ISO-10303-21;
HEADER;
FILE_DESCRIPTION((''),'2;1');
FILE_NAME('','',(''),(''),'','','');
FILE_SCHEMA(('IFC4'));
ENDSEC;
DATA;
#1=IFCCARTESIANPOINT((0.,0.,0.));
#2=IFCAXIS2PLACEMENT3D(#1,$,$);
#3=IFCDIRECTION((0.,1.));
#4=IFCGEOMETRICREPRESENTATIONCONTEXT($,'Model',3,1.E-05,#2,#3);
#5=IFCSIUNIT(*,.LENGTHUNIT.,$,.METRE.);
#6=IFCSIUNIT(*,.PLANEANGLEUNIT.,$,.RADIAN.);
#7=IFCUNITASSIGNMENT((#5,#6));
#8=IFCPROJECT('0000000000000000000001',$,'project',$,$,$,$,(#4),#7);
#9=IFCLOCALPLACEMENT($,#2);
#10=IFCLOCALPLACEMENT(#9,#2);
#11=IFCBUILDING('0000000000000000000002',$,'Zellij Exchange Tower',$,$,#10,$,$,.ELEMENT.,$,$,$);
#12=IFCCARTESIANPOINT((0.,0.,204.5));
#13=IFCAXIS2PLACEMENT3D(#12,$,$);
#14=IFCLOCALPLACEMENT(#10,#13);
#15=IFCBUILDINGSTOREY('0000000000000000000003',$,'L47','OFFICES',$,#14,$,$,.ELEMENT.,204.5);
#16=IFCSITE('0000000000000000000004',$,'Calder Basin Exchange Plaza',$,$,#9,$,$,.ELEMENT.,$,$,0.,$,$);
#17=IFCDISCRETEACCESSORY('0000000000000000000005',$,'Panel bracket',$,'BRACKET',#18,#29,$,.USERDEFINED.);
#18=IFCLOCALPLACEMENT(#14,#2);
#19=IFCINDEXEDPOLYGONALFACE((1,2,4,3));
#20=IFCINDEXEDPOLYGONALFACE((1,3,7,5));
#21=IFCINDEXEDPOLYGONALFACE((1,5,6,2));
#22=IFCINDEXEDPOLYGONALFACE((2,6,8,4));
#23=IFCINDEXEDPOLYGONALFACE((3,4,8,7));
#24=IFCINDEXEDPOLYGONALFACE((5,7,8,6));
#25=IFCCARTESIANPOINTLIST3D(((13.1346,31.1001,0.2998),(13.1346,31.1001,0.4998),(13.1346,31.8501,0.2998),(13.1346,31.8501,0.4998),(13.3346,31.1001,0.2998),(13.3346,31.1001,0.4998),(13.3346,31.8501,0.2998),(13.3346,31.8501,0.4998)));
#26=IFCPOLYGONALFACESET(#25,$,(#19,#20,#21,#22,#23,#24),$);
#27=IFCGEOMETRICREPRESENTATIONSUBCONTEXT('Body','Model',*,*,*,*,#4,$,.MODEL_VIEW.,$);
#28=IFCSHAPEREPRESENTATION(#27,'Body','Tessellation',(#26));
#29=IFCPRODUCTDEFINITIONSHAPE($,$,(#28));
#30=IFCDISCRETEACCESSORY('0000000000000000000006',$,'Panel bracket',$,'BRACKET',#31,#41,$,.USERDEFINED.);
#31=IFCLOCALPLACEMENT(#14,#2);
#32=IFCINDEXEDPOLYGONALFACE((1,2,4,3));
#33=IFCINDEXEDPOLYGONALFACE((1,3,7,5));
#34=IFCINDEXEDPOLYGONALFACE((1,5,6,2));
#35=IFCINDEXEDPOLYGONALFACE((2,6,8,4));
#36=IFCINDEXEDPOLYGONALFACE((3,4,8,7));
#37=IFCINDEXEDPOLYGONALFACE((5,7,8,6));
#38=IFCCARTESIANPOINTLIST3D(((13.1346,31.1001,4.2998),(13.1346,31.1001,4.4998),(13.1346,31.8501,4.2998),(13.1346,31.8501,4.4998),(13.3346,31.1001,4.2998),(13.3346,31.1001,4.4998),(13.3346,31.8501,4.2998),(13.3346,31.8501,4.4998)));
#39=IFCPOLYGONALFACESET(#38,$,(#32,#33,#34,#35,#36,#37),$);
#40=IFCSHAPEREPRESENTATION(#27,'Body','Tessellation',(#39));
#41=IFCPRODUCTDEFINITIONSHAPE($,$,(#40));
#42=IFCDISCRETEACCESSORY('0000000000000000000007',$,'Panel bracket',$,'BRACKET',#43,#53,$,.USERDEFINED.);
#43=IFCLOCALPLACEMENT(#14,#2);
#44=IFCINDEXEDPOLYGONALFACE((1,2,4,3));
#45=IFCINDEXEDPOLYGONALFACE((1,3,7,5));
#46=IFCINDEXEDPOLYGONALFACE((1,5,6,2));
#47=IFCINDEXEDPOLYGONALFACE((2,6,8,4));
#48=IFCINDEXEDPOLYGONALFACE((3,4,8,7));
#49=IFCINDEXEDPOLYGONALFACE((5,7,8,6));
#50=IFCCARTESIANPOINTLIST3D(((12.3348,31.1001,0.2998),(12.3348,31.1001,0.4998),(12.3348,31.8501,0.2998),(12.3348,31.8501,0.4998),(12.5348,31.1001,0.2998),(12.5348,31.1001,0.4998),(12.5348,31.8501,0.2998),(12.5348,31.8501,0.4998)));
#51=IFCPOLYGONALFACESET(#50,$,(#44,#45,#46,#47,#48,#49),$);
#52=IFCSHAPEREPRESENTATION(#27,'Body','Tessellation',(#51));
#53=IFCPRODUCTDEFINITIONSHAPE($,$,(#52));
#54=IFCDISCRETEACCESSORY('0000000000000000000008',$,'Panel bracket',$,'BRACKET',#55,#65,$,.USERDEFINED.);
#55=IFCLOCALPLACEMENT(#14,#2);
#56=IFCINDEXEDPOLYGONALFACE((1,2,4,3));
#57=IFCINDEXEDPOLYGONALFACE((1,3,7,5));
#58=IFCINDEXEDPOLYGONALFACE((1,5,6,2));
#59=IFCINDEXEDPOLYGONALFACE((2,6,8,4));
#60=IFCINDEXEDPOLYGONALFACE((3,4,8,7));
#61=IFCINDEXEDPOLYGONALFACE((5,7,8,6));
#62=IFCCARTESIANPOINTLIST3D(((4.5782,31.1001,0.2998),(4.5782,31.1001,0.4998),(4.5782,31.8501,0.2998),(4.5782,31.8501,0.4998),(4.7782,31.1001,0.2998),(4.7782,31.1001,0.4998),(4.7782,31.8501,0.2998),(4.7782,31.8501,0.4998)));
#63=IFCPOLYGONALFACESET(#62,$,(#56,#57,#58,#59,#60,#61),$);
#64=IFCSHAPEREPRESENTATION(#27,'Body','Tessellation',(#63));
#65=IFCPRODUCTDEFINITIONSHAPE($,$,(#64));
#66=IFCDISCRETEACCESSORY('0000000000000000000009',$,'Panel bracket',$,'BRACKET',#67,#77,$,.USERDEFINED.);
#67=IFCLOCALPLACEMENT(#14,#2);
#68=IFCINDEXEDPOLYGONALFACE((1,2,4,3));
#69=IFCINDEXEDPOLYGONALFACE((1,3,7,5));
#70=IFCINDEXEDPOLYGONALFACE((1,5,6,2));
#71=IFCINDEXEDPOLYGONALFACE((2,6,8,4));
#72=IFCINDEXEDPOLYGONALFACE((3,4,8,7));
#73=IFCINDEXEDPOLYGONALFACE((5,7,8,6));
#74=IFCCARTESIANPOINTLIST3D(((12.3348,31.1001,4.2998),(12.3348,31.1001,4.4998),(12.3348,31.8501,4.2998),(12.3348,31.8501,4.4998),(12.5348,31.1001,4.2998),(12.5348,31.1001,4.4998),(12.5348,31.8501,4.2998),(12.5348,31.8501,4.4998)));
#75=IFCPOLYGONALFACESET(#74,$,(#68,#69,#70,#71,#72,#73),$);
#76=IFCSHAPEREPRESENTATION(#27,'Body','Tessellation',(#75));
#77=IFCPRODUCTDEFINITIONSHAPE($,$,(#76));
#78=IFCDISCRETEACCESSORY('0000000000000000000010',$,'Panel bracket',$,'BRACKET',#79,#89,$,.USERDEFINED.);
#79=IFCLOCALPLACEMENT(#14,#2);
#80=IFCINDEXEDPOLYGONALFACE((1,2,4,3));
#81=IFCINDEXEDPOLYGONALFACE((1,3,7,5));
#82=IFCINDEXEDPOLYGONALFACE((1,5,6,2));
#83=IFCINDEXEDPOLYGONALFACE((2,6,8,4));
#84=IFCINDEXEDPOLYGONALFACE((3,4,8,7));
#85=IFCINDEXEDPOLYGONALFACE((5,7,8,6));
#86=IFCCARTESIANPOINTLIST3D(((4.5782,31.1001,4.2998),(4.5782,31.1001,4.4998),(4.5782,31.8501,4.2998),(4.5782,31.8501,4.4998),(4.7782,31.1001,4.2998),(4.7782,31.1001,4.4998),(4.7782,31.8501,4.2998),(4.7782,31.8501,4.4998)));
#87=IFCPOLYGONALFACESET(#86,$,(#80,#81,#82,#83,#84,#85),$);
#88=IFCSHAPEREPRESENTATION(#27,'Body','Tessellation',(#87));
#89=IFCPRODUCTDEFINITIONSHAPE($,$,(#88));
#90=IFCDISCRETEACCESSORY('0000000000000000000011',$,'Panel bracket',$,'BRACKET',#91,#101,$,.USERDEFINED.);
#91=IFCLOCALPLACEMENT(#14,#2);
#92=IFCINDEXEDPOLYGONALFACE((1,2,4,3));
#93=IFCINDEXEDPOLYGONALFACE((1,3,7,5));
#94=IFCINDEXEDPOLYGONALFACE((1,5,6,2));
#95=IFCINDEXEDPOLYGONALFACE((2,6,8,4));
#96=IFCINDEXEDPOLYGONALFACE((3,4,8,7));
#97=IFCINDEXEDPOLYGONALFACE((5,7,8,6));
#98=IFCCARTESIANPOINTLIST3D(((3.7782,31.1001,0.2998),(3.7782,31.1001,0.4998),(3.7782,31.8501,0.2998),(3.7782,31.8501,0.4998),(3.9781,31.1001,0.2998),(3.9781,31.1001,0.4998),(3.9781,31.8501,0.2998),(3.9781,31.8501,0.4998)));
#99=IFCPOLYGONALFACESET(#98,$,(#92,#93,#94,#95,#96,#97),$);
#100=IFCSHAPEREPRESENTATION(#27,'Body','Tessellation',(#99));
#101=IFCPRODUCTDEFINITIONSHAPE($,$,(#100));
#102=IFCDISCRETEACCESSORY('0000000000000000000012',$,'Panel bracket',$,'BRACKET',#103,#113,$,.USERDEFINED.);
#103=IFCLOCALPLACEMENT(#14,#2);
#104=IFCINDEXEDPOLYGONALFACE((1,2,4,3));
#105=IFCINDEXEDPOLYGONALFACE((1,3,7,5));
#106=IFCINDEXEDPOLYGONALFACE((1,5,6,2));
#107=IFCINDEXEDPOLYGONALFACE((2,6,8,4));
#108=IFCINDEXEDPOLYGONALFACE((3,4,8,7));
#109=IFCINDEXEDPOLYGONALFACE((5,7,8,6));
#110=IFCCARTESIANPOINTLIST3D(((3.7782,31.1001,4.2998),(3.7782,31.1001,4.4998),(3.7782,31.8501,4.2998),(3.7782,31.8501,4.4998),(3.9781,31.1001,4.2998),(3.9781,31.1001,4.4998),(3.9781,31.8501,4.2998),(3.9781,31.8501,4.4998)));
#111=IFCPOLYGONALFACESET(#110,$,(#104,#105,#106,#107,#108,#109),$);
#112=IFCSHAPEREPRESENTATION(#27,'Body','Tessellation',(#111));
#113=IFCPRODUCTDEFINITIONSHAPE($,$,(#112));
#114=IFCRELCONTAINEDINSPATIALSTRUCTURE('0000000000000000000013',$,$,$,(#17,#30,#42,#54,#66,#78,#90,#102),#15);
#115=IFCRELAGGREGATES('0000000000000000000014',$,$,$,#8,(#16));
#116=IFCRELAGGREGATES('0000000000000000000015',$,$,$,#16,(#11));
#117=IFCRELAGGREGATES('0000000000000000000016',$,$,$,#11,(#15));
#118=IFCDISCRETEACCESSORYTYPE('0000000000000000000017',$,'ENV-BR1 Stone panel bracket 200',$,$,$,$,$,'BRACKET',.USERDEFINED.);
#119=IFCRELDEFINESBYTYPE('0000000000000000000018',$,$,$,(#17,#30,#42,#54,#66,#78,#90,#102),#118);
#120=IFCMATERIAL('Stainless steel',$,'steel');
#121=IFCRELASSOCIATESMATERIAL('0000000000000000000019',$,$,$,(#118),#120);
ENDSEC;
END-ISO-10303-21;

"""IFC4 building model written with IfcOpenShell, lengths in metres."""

from ifc_helpers import new_model, si_unit, direction, frame, origin, origin_2d, place, context, subcontext, project, spatial, rectangle, extrude, material, type_object, element, save


model = new_model("IFC4")

# Units and contexts
model_context = context("Model", 3, precision=1e-05, world=origin(), true_north=direction((0.0, 1.0)))
body_context = subcontext(model_context, "Body", "Model", "MODEL_VIEW")
ifc_project = project(units=[si_unit("LENGTHUNIT", "METRE"), si_unit("PLANEANGLEUNIT", "RADIAN")], contexts=[model_context])

# Site, building, storey
site_placement = place(None, origin())
site = spatial("IfcSite", under=ifc_project, at=site_placement, Name="Calder Basin Exchange Plaza", CompositionType="ELEMENT", RefElevation=0.0)
building_placement = place(site_placement, origin())
building = spatial("IfcBuilding", under=site, at=building_placement, Name="Zellij Exchange Tower", CompositionType="ELEMENT")
storey_placement = place(building_placement, frame((0.0, 0.0, 204.5)))
storey = spatial("IfcBuildingStorey", under=building, at=storey_placement, Name="L47", Description="OFFICES", CompositionType="ELEMENT", Elevation=204.5)

# Discrete accessories
ifc_material_1 = material(Name="Stainless steel", Category="steel")
discrete_accessory_type = type_object("IfcDiscreteAccessoryType", Name="ENV-BR1 Stone panel bracket 200", ElementType="BRACKET", PredefinedType="USERDEFINED", material=ifc_material_1)
for number, where, z_axis, x_axis, name in (
    (1, (13.2346, 31.4751, 0.2998), (0.0, 0.0, 1.0), (-1.0, 0.0, 0.0), "Panel bracket"),
    (2, (13.2346, 31.4751, 4.2998), (0.0, 0.0, 1.0), (-1.0, 0.0, 0.0), "Panel bracket"),
    (3, (12.4348, 31.4751, 0.2998), (0.0, 0.0, 1.0), (-1.0, 0.0, 0.0), "Panel bracket"),
    (4, (4.6782, 31.4751, 0.2998), (0.0, 0.0, 1.0), (-1.0, 0.0, 0.0), "Panel bracket"),
    (5, (12.4348, 31.4751, 4.2998), (0.0, 0.0, 1.0), (-1.0, 0.0, 0.0), "Panel bracket"),
    (6, (4.6782, 31.4751, 4.2998), (0.0, 0.0, 1.0), (-1.0, 0.0, 0.0), "Panel bracket"),
    (7, (3.8782, 31.4751, 0.2998), (0.0, 0.0, 1.0), (-1.0, 0.0, 0.0), "Panel bracket"),
    (8, (3.8782, 31.4751, 4.2998), (0.0, 0.0, 1.0), (-1.0, 0.0, 0.0), "Panel bracket"),
):
    element("IfcDiscreteAccessory", number, at=place(storey_placement, frame(where, z_axis=z_axis, x_axis=x_axis)), inside=storey, type_object=discrete_accessory_type, Name=name, ObjectType="BRACKET", PredefinedType="USERDEFINED", context=body_context, shape_type="SweptSolid", body=[
        extrude(rectangle(XDim=0.2, YDim=0.75, at=origin_2d()), origin(), (0.0, 0.0, 1.0), 0.2),
    ])

save(model, "model.ifc")
